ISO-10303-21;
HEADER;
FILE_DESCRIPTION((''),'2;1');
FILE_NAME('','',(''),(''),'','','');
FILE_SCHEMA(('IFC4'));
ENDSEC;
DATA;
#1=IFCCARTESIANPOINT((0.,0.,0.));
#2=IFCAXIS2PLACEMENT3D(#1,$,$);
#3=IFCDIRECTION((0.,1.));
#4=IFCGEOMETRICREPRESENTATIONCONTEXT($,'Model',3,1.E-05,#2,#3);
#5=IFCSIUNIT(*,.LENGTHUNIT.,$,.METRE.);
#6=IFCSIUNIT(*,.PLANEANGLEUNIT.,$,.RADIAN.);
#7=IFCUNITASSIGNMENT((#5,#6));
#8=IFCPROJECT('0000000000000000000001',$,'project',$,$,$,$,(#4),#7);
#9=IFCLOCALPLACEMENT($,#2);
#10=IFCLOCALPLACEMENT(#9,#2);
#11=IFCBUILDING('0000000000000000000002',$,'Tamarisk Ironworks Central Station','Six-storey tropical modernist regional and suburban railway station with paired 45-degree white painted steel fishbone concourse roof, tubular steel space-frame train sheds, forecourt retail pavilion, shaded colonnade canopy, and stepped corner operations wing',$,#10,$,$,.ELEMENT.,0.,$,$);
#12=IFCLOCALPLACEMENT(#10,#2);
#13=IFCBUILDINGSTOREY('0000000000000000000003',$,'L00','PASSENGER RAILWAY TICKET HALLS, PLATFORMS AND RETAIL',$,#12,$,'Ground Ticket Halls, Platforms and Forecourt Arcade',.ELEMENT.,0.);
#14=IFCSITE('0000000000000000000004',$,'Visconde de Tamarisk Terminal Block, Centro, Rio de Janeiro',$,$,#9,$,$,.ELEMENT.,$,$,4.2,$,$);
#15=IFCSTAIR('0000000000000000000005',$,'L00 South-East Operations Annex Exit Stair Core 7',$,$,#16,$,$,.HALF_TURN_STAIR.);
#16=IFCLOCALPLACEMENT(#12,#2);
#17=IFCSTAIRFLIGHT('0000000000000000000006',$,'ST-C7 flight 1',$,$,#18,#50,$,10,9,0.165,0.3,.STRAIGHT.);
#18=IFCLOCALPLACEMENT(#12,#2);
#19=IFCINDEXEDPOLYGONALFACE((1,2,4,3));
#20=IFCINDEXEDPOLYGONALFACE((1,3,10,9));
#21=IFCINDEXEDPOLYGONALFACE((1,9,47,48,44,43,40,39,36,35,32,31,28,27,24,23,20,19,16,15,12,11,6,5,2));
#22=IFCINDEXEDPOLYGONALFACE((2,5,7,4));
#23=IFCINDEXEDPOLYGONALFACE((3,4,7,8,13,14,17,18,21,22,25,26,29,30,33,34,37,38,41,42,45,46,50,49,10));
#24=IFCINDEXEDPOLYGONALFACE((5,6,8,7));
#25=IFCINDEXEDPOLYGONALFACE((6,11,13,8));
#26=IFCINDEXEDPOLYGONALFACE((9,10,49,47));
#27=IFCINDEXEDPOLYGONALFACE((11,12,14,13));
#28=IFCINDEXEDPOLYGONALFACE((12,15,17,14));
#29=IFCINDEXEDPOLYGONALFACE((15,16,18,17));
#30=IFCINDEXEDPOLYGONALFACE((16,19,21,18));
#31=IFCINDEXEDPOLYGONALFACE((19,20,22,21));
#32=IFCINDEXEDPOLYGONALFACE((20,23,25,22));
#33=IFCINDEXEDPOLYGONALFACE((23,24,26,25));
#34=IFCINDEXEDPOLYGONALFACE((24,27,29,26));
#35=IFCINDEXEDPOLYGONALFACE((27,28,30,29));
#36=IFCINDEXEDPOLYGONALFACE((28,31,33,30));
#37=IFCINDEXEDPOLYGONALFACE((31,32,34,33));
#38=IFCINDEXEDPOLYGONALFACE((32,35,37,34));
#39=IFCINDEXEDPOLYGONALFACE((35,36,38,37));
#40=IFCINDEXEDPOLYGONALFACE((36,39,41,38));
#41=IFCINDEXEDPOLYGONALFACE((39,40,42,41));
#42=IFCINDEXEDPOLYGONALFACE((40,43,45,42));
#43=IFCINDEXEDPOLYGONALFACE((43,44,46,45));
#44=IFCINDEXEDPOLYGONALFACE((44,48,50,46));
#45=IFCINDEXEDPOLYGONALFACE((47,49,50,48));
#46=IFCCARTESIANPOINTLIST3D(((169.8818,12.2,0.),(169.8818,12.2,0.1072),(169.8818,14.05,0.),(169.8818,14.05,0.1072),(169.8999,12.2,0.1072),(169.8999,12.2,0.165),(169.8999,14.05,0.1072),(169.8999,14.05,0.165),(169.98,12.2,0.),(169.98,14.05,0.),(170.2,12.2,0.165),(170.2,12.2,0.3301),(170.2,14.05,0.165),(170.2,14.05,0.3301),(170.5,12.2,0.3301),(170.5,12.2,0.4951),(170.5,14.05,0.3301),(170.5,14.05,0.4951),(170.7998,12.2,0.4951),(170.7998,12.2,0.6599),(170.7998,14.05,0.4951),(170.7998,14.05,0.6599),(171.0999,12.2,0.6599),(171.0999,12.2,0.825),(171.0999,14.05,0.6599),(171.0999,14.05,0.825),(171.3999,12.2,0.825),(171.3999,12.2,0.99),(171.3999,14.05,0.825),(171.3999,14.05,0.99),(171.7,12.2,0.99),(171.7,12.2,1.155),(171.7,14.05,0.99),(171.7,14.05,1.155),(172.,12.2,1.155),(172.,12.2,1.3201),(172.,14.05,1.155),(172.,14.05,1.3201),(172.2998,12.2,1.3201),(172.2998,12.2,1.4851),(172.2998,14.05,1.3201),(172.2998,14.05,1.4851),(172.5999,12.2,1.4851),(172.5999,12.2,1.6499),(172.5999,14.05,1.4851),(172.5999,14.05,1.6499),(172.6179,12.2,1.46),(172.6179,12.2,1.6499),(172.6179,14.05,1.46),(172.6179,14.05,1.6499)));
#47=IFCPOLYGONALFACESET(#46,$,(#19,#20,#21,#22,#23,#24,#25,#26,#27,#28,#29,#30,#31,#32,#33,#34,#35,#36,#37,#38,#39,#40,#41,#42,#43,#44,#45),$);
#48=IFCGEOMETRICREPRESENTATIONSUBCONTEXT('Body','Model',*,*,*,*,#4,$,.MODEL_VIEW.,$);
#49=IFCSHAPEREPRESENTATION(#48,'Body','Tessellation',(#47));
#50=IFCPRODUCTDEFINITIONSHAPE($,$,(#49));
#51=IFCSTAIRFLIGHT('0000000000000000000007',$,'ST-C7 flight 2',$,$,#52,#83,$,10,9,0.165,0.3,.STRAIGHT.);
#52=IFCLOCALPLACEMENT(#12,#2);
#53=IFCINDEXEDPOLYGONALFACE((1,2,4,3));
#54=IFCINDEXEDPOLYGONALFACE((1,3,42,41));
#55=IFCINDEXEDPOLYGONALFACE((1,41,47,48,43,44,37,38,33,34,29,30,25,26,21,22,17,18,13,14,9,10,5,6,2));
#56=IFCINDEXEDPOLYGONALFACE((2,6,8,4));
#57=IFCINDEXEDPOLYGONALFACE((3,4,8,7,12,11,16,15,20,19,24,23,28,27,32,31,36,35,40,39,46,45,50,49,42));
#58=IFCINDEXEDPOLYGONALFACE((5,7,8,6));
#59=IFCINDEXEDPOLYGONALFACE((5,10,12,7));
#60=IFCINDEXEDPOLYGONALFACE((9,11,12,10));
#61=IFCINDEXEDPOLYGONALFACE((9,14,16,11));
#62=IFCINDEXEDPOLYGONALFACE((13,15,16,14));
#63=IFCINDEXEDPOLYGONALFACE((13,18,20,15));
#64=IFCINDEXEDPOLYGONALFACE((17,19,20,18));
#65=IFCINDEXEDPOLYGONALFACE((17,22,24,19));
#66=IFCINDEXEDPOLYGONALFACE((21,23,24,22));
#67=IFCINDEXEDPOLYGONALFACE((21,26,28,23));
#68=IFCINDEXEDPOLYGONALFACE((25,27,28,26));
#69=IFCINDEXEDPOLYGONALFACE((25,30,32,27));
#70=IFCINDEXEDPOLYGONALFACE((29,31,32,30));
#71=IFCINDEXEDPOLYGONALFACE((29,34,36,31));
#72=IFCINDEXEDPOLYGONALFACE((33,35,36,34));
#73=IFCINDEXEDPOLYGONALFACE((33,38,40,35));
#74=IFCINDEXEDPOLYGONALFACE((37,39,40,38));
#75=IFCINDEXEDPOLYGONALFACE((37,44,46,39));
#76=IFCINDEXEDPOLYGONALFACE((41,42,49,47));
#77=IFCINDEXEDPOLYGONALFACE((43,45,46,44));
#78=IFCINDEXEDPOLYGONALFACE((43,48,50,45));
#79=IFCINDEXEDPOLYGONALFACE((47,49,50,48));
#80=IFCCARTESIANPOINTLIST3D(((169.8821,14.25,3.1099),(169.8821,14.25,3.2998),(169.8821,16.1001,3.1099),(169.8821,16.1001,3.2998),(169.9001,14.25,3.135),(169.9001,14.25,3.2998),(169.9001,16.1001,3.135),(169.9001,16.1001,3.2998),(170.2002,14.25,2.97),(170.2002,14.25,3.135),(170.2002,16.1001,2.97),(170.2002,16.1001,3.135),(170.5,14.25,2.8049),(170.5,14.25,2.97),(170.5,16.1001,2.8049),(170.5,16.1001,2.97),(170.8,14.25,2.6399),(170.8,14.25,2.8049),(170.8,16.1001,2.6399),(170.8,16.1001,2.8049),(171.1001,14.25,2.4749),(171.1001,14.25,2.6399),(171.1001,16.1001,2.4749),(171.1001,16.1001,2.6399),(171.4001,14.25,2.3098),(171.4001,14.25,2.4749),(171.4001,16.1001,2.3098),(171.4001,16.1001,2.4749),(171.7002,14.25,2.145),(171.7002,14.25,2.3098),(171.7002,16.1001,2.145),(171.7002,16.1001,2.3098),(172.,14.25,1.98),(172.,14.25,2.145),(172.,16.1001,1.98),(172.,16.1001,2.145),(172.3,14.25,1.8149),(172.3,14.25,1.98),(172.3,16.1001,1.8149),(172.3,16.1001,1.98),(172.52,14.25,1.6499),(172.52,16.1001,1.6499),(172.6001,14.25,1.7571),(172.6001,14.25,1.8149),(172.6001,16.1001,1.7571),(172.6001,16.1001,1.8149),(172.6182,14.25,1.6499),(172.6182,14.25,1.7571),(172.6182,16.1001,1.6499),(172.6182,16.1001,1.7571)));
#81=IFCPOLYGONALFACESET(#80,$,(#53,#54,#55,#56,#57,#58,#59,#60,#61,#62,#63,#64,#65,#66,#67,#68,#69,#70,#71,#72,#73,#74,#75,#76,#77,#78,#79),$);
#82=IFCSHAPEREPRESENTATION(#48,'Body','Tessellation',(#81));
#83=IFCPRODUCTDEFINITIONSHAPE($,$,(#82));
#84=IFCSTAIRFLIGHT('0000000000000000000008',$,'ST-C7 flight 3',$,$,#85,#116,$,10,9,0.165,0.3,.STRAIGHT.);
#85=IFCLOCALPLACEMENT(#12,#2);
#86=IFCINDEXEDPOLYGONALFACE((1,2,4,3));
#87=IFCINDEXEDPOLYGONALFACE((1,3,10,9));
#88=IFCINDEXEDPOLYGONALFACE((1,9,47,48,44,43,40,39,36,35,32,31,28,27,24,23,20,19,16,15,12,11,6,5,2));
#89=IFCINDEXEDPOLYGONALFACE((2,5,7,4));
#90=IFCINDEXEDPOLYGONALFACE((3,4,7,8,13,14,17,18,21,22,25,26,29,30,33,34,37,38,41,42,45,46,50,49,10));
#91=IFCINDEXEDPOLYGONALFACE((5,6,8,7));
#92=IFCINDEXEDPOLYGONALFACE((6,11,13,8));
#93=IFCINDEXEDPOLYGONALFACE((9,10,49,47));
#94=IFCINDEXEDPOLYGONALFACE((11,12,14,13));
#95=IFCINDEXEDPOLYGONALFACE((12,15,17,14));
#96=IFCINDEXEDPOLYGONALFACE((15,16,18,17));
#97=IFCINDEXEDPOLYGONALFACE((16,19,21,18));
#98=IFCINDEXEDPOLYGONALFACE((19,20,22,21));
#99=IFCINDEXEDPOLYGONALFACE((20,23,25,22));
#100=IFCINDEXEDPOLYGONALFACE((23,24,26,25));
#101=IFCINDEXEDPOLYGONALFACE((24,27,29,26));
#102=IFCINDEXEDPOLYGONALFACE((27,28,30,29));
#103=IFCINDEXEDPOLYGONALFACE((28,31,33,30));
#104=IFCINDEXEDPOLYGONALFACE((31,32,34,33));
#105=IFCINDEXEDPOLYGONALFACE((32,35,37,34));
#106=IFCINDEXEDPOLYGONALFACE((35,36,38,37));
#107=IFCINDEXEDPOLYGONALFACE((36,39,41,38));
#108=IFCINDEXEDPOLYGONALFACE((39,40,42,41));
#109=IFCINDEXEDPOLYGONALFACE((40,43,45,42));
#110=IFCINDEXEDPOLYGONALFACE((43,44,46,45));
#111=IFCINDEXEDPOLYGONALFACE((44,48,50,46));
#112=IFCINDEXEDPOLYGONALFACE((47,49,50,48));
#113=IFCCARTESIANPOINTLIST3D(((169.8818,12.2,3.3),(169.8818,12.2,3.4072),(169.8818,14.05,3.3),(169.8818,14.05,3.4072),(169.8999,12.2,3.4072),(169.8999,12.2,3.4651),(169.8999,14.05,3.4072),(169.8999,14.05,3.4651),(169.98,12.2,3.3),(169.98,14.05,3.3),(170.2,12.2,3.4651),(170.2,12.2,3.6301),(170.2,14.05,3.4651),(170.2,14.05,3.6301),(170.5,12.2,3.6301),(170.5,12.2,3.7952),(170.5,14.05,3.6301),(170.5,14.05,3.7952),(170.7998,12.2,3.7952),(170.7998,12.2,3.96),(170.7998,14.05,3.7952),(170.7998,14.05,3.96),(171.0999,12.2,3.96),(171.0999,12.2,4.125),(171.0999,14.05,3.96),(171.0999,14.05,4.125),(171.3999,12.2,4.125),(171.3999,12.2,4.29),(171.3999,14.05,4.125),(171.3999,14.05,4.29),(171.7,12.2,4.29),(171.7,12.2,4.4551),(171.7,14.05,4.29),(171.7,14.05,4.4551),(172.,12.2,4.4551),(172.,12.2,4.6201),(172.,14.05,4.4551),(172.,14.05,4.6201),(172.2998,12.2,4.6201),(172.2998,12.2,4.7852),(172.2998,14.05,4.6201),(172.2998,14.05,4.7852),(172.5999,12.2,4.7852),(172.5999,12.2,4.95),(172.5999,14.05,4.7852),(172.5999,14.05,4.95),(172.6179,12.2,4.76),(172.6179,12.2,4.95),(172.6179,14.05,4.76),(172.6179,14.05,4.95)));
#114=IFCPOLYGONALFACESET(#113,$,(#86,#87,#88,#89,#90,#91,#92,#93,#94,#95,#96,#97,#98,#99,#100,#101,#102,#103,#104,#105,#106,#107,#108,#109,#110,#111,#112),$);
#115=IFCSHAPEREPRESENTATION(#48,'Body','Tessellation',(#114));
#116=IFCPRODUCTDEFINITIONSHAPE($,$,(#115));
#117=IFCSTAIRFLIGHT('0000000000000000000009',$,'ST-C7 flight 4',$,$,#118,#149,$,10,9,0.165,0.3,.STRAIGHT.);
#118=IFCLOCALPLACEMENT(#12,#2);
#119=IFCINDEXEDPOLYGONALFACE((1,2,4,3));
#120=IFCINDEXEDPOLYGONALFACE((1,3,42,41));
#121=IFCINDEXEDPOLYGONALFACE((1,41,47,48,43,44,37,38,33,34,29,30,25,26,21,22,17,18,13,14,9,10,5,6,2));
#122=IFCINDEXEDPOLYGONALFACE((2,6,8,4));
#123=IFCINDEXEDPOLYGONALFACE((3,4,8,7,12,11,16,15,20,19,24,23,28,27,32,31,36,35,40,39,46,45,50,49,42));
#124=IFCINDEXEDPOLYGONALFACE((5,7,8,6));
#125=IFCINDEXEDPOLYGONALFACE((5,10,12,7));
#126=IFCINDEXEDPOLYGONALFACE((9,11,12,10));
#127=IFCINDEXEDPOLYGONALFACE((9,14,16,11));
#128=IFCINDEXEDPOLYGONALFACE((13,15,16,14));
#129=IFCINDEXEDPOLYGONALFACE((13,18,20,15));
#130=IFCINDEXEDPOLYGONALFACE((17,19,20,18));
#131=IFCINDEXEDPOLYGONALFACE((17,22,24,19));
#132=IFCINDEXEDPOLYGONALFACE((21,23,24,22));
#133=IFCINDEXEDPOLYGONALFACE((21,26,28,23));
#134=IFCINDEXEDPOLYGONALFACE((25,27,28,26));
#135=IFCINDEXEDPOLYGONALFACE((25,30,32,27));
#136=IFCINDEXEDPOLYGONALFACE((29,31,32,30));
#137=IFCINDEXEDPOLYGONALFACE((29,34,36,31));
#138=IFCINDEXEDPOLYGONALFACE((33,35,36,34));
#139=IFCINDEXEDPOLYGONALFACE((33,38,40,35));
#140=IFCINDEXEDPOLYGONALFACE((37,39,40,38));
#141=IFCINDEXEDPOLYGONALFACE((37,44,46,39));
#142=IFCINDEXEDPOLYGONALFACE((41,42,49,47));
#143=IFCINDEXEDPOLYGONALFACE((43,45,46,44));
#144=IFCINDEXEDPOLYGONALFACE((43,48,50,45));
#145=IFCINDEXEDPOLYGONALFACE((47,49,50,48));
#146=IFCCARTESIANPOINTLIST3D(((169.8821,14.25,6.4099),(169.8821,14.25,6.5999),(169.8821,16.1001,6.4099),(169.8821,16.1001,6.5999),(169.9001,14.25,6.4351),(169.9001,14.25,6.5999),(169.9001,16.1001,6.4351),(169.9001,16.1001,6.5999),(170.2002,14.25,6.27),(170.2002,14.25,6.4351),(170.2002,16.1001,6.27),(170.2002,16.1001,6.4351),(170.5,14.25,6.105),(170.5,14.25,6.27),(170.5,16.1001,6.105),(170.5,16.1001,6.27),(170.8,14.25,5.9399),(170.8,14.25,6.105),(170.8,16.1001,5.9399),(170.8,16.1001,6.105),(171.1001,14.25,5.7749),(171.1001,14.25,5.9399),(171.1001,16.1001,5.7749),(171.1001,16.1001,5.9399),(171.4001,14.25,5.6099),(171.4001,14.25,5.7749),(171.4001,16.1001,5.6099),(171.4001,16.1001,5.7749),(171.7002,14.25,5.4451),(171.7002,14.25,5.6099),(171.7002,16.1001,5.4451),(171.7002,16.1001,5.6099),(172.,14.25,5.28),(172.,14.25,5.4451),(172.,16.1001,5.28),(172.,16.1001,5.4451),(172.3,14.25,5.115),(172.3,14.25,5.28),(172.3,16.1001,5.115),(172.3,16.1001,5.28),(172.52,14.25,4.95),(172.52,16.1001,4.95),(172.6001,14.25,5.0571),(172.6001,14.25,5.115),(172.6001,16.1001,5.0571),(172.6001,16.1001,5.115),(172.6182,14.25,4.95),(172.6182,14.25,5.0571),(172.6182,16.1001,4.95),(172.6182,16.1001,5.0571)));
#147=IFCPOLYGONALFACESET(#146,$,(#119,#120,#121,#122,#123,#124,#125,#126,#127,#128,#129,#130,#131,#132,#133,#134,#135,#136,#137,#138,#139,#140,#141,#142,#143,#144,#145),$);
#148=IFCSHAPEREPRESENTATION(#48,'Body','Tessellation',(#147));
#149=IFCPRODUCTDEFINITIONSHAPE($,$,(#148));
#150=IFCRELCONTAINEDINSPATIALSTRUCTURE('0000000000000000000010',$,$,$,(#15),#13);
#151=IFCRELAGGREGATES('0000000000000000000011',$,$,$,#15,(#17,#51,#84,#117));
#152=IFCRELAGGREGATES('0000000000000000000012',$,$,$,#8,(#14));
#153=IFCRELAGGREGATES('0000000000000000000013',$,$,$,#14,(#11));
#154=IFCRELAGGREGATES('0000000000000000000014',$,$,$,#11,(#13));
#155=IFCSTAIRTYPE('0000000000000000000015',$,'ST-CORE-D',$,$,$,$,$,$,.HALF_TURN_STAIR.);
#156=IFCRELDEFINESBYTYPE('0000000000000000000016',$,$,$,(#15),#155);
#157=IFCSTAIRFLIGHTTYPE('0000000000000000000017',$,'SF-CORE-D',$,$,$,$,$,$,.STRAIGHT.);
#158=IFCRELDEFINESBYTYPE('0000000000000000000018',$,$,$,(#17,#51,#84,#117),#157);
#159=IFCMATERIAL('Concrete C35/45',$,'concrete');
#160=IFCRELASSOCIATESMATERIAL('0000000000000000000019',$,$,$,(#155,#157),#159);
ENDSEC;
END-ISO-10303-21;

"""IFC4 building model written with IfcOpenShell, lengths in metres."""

from ifc_helpers import new_model, si_unit, direction, frame, origin, place, context, subcontext, project, spatial, polyline, outline, extrude, material, type_object, element, aggregate, save


model = new_model("IFC4")

# Units and contexts
model_context = context("Model", 3, precision=1e-05, world=origin(), true_north=direction((0.0, 1.0)))
body_context = subcontext(model_context, "Body", "Model", "MODEL_VIEW")
ifc_project = project(units=[si_unit("LENGTHUNIT", "METRE"), si_unit("PLANEANGLEUNIT", "RADIAN")], contexts=[model_context])

# Site, building, storey
site_placement = place(None, origin())
site = spatial("IfcSite", under=ifc_project, at=site_placement, Name="Visconde de Tamarisk Terminal Block, Centro, Rio de Janeiro", CompositionType="ELEMENT", RefElevation=4.2)
building_placement = place(site_placement, origin())
building = spatial("IfcBuilding", under=site, at=building_placement, Name="Tamarisk Ironworks Central Station", Description="Six-storey tropical modernist regional and suburban railway station with paired 45-degree white painted steel fishbone concourse roof, tubular steel space-frame train sheds, forecourt retail pavilion, shaded colonnade canopy, and stepped corner operations wing", CompositionType="ELEMENT", ElevationOfRefHeight=0.0)
storey_placement = place(building_placement, origin())
storey = spatial("IfcBuildingStorey", under=building, at=storey_placement, Name="L00", Description="PASSENGER RAILWAY TICKET HALLS, PLATFORMS AND RETAIL", LongName="Ground Ticket Halls, Platforms and Forecourt Arcade", CompositionType="ELEMENT", Elevation=0.0)

# Stair, stair flights
ifc_material_1 = material(Name="Concrete C35/45", Category="concrete")
stair_type = type_object("IfcStairType", Name="ST-CORE-D", PredefinedType="HALF_TURN_STAIR", material=ifc_material_1)
stair_placement = place(storey_placement, origin())
stair = element("IfcStair", 1, at=stair_placement, inside=storey, type_object=stair_type, Name="L00 South-East Operations Annex Exit Stair Core 7", PredefinedType="HALF_TURN_STAIR")
stair_flight_type = type_object("IfcStairFlightType", Name="SF-CORE-D", PredefinedType="STRAIGHT", material=ifc_material_1)
stair_flight_1_placement = place(storey_placement, frame((169.8999, 13.125, 0.0), z_axis=(0.0, 0.0, 1.0), x_axis=(1.0, 0.0, 0.0)))
stair_flight_1 = element("IfcStairFlight", 2, at=stair_flight_1_placement, type_object=stair_flight_type, Name="ST-C7 flight 1", NumberOfRisers=10, NumberOfTreads=9, PredefinedType="STRAIGHT", RiserHeight=0.165, TreadLength=0.3, context=body_context, shape_type="SweptSolid", body=[
    extrude(outline(polyline([(-0.0181, 0.0), (-0.0181, 0.1072), (0.0, 0.1072), (0.0, 0.165), (0.3, 0.165), (0.3, 0.3301), (0.6001, 0.3301), (0.6001, 0.4951), (0.8999, 0.4951), (0.8999, 0.6599), (1.2, 0.6599), (1.2, 0.825), (1.5, 0.825), (1.5, 0.99), (1.8, 0.99), (1.8, 1.155), (2.1001, 1.155), (2.1001, 1.3201), (2.3999, 1.3201), (2.3999, 1.4851), (2.7, 1.4851), (2.7, 1.6499), (2.718, 1.6499), (2.718, 1.46), (0.0801, 0.0), (-0.0181, 0.0)])), frame((0.0, 0.925, 0.0), z_axis=(0.0, -1.0, 0.0), x_axis=(1.0, 0.0, 0.0)), (0.0, 0.0, 1.0), 1.8501),
])
stair_flight_2_placement = place(storey_placement, frame((172.6001, 15.175, 1.6499), z_axis=(0.0, 0.0, 1.0), x_axis=(-1.0, 0.0, 0.0)))
stair_flight_2 = element("IfcStairFlight", 3, at=stair_flight_2_placement, type_object=stair_flight_type, Name="ST-C7 flight 2", NumberOfRisers=10, NumberOfTreads=9, PredefinedType="STRAIGHT", RiserHeight=0.165, TreadLength=0.3, context=body_context, shape_type="SweptSolid", body=[
    extrude(outline(polyline([(-0.0181, 0.0), (-0.0181, 0.1072), (0.0, 0.1072), (0.0, 0.165), (0.3, 0.165), (0.3, 0.3301), (0.6001, 0.3301), (0.6001, 0.4951), (0.8999, 0.4951), (0.8999, 0.6599), (1.2, 0.6599), (1.2, 0.825), (1.5, 0.825), (1.5, 0.99), (1.8, 0.99), (1.8, 1.155), (2.1001, 1.155), (2.1001, 1.3201), (2.3999, 1.3201), (2.3999, 1.4851), (2.7, 1.4851), (2.7, 1.6499), (2.718, 1.6499), (2.718, 1.46), (0.0801, 0.0), (-0.0181, 0.0)])), frame((0.0, 0.925, 0.0), z_axis=(0.0, -1.0, 0.0), x_axis=(1.0, 0.0, 0.0)), (0.0, 0.0, 1.0), 1.8501),
])
stair_flight_3_placement = place(storey_placement, frame((169.8999, 13.125, 3.3), z_axis=(0.0, 0.0, 1.0), x_axis=(1.0, 0.0, 0.0)))
stair_flight_3 = element("IfcStairFlight", 4, at=stair_flight_3_placement, type_object=stair_flight_type, Name="ST-C7 flight 3", NumberOfRisers=10, NumberOfTreads=9, PredefinedType="STRAIGHT", RiserHeight=0.165, TreadLength=0.3, context=body_context, shape_type="SweptSolid", body=[
    extrude(outline(polyline([(-0.0181, 0.0), (-0.0181, 0.1072), (0.0, 0.1072), (0.0, 0.165), (0.3, 0.165), (0.3, 0.3301), (0.6001, 0.3301), (0.6001, 0.4951), (0.8999, 0.4951), (0.8999, 0.6599), (1.2, 0.6599), (1.2, 0.825), (1.5, 0.825), (1.5, 0.99), (1.8, 0.99), (1.8, 1.155), (2.1001, 1.155), (2.1001, 1.3201), (2.3999, 1.3201), (2.3999, 1.4851), (2.7, 1.4851), (2.7, 1.6499), (2.718, 1.6499), (2.718, 1.46), (0.0801, 0.0), (-0.0181, 0.0)])), frame((0.0, 0.925, 0.0), z_axis=(0.0, -1.0, 0.0), x_axis=(1.0, 0.0, 0.0)), (0.0, 0.0, 1.0), 1.8501),
])
stair_flight_4_placement = place(storey_placement, frame((172.6001, 15.175, 4.95), z_axis=(0.0, 0.0, 1.0), x_axis=(-1.0, 0.0, 0.0)))
stair_flight_4 = element("IfcStairFlight", 5, at=stair_flight_4_placement, type_object=stair_flight_type, Name="ST-C7 flight 4", NumberOfRisers=10, NumberOfTreads=9, PredefinedType="STRAIGHT", RiserHeight=0.165, TreadLength=0.3, context=body_context, shape_type="SweptSolid", body=[
    extrude(outline(polyline([(-0.0181, 0.0), (-0.0181, 0.1072), (0.0, 0.1072), (0.0, 0.165), (0.3, 0.165), (0.3, 0.3301), (0.6001, 0.3301), (0.6001, 0.4951), (0.8999, 0.4951), (0.8999, 0.6599), (1.2, 0.6599), (1.2, 0.825), (1.5, 0.825), (1.5, 0.99), (1.8, 0.99), (1.8, 1.155), (2.1001, 1.155), (2.1001, 1.3201), (2.3999, 1.3201), (2.3999, 1.4851), (2.7, 1.4851), (2.7, 1.6499), (2.718, 1.6499), (2.718, 1.46), (0.0801, 0.0), (-0.0181, 0.0)])), frame((0.0, 0.925, 0.0), z_axis=(0.0, -1.0, 0.0), x_axis=(1.0, 0.0, 0.0)), (0.0, 0.0, 1.0), 1.8501),
])
aggregate(stair, [stair_flight_1, stair_flight_2, stair_flight_3, stair_flight_4])

save(model, "model.ifc")
